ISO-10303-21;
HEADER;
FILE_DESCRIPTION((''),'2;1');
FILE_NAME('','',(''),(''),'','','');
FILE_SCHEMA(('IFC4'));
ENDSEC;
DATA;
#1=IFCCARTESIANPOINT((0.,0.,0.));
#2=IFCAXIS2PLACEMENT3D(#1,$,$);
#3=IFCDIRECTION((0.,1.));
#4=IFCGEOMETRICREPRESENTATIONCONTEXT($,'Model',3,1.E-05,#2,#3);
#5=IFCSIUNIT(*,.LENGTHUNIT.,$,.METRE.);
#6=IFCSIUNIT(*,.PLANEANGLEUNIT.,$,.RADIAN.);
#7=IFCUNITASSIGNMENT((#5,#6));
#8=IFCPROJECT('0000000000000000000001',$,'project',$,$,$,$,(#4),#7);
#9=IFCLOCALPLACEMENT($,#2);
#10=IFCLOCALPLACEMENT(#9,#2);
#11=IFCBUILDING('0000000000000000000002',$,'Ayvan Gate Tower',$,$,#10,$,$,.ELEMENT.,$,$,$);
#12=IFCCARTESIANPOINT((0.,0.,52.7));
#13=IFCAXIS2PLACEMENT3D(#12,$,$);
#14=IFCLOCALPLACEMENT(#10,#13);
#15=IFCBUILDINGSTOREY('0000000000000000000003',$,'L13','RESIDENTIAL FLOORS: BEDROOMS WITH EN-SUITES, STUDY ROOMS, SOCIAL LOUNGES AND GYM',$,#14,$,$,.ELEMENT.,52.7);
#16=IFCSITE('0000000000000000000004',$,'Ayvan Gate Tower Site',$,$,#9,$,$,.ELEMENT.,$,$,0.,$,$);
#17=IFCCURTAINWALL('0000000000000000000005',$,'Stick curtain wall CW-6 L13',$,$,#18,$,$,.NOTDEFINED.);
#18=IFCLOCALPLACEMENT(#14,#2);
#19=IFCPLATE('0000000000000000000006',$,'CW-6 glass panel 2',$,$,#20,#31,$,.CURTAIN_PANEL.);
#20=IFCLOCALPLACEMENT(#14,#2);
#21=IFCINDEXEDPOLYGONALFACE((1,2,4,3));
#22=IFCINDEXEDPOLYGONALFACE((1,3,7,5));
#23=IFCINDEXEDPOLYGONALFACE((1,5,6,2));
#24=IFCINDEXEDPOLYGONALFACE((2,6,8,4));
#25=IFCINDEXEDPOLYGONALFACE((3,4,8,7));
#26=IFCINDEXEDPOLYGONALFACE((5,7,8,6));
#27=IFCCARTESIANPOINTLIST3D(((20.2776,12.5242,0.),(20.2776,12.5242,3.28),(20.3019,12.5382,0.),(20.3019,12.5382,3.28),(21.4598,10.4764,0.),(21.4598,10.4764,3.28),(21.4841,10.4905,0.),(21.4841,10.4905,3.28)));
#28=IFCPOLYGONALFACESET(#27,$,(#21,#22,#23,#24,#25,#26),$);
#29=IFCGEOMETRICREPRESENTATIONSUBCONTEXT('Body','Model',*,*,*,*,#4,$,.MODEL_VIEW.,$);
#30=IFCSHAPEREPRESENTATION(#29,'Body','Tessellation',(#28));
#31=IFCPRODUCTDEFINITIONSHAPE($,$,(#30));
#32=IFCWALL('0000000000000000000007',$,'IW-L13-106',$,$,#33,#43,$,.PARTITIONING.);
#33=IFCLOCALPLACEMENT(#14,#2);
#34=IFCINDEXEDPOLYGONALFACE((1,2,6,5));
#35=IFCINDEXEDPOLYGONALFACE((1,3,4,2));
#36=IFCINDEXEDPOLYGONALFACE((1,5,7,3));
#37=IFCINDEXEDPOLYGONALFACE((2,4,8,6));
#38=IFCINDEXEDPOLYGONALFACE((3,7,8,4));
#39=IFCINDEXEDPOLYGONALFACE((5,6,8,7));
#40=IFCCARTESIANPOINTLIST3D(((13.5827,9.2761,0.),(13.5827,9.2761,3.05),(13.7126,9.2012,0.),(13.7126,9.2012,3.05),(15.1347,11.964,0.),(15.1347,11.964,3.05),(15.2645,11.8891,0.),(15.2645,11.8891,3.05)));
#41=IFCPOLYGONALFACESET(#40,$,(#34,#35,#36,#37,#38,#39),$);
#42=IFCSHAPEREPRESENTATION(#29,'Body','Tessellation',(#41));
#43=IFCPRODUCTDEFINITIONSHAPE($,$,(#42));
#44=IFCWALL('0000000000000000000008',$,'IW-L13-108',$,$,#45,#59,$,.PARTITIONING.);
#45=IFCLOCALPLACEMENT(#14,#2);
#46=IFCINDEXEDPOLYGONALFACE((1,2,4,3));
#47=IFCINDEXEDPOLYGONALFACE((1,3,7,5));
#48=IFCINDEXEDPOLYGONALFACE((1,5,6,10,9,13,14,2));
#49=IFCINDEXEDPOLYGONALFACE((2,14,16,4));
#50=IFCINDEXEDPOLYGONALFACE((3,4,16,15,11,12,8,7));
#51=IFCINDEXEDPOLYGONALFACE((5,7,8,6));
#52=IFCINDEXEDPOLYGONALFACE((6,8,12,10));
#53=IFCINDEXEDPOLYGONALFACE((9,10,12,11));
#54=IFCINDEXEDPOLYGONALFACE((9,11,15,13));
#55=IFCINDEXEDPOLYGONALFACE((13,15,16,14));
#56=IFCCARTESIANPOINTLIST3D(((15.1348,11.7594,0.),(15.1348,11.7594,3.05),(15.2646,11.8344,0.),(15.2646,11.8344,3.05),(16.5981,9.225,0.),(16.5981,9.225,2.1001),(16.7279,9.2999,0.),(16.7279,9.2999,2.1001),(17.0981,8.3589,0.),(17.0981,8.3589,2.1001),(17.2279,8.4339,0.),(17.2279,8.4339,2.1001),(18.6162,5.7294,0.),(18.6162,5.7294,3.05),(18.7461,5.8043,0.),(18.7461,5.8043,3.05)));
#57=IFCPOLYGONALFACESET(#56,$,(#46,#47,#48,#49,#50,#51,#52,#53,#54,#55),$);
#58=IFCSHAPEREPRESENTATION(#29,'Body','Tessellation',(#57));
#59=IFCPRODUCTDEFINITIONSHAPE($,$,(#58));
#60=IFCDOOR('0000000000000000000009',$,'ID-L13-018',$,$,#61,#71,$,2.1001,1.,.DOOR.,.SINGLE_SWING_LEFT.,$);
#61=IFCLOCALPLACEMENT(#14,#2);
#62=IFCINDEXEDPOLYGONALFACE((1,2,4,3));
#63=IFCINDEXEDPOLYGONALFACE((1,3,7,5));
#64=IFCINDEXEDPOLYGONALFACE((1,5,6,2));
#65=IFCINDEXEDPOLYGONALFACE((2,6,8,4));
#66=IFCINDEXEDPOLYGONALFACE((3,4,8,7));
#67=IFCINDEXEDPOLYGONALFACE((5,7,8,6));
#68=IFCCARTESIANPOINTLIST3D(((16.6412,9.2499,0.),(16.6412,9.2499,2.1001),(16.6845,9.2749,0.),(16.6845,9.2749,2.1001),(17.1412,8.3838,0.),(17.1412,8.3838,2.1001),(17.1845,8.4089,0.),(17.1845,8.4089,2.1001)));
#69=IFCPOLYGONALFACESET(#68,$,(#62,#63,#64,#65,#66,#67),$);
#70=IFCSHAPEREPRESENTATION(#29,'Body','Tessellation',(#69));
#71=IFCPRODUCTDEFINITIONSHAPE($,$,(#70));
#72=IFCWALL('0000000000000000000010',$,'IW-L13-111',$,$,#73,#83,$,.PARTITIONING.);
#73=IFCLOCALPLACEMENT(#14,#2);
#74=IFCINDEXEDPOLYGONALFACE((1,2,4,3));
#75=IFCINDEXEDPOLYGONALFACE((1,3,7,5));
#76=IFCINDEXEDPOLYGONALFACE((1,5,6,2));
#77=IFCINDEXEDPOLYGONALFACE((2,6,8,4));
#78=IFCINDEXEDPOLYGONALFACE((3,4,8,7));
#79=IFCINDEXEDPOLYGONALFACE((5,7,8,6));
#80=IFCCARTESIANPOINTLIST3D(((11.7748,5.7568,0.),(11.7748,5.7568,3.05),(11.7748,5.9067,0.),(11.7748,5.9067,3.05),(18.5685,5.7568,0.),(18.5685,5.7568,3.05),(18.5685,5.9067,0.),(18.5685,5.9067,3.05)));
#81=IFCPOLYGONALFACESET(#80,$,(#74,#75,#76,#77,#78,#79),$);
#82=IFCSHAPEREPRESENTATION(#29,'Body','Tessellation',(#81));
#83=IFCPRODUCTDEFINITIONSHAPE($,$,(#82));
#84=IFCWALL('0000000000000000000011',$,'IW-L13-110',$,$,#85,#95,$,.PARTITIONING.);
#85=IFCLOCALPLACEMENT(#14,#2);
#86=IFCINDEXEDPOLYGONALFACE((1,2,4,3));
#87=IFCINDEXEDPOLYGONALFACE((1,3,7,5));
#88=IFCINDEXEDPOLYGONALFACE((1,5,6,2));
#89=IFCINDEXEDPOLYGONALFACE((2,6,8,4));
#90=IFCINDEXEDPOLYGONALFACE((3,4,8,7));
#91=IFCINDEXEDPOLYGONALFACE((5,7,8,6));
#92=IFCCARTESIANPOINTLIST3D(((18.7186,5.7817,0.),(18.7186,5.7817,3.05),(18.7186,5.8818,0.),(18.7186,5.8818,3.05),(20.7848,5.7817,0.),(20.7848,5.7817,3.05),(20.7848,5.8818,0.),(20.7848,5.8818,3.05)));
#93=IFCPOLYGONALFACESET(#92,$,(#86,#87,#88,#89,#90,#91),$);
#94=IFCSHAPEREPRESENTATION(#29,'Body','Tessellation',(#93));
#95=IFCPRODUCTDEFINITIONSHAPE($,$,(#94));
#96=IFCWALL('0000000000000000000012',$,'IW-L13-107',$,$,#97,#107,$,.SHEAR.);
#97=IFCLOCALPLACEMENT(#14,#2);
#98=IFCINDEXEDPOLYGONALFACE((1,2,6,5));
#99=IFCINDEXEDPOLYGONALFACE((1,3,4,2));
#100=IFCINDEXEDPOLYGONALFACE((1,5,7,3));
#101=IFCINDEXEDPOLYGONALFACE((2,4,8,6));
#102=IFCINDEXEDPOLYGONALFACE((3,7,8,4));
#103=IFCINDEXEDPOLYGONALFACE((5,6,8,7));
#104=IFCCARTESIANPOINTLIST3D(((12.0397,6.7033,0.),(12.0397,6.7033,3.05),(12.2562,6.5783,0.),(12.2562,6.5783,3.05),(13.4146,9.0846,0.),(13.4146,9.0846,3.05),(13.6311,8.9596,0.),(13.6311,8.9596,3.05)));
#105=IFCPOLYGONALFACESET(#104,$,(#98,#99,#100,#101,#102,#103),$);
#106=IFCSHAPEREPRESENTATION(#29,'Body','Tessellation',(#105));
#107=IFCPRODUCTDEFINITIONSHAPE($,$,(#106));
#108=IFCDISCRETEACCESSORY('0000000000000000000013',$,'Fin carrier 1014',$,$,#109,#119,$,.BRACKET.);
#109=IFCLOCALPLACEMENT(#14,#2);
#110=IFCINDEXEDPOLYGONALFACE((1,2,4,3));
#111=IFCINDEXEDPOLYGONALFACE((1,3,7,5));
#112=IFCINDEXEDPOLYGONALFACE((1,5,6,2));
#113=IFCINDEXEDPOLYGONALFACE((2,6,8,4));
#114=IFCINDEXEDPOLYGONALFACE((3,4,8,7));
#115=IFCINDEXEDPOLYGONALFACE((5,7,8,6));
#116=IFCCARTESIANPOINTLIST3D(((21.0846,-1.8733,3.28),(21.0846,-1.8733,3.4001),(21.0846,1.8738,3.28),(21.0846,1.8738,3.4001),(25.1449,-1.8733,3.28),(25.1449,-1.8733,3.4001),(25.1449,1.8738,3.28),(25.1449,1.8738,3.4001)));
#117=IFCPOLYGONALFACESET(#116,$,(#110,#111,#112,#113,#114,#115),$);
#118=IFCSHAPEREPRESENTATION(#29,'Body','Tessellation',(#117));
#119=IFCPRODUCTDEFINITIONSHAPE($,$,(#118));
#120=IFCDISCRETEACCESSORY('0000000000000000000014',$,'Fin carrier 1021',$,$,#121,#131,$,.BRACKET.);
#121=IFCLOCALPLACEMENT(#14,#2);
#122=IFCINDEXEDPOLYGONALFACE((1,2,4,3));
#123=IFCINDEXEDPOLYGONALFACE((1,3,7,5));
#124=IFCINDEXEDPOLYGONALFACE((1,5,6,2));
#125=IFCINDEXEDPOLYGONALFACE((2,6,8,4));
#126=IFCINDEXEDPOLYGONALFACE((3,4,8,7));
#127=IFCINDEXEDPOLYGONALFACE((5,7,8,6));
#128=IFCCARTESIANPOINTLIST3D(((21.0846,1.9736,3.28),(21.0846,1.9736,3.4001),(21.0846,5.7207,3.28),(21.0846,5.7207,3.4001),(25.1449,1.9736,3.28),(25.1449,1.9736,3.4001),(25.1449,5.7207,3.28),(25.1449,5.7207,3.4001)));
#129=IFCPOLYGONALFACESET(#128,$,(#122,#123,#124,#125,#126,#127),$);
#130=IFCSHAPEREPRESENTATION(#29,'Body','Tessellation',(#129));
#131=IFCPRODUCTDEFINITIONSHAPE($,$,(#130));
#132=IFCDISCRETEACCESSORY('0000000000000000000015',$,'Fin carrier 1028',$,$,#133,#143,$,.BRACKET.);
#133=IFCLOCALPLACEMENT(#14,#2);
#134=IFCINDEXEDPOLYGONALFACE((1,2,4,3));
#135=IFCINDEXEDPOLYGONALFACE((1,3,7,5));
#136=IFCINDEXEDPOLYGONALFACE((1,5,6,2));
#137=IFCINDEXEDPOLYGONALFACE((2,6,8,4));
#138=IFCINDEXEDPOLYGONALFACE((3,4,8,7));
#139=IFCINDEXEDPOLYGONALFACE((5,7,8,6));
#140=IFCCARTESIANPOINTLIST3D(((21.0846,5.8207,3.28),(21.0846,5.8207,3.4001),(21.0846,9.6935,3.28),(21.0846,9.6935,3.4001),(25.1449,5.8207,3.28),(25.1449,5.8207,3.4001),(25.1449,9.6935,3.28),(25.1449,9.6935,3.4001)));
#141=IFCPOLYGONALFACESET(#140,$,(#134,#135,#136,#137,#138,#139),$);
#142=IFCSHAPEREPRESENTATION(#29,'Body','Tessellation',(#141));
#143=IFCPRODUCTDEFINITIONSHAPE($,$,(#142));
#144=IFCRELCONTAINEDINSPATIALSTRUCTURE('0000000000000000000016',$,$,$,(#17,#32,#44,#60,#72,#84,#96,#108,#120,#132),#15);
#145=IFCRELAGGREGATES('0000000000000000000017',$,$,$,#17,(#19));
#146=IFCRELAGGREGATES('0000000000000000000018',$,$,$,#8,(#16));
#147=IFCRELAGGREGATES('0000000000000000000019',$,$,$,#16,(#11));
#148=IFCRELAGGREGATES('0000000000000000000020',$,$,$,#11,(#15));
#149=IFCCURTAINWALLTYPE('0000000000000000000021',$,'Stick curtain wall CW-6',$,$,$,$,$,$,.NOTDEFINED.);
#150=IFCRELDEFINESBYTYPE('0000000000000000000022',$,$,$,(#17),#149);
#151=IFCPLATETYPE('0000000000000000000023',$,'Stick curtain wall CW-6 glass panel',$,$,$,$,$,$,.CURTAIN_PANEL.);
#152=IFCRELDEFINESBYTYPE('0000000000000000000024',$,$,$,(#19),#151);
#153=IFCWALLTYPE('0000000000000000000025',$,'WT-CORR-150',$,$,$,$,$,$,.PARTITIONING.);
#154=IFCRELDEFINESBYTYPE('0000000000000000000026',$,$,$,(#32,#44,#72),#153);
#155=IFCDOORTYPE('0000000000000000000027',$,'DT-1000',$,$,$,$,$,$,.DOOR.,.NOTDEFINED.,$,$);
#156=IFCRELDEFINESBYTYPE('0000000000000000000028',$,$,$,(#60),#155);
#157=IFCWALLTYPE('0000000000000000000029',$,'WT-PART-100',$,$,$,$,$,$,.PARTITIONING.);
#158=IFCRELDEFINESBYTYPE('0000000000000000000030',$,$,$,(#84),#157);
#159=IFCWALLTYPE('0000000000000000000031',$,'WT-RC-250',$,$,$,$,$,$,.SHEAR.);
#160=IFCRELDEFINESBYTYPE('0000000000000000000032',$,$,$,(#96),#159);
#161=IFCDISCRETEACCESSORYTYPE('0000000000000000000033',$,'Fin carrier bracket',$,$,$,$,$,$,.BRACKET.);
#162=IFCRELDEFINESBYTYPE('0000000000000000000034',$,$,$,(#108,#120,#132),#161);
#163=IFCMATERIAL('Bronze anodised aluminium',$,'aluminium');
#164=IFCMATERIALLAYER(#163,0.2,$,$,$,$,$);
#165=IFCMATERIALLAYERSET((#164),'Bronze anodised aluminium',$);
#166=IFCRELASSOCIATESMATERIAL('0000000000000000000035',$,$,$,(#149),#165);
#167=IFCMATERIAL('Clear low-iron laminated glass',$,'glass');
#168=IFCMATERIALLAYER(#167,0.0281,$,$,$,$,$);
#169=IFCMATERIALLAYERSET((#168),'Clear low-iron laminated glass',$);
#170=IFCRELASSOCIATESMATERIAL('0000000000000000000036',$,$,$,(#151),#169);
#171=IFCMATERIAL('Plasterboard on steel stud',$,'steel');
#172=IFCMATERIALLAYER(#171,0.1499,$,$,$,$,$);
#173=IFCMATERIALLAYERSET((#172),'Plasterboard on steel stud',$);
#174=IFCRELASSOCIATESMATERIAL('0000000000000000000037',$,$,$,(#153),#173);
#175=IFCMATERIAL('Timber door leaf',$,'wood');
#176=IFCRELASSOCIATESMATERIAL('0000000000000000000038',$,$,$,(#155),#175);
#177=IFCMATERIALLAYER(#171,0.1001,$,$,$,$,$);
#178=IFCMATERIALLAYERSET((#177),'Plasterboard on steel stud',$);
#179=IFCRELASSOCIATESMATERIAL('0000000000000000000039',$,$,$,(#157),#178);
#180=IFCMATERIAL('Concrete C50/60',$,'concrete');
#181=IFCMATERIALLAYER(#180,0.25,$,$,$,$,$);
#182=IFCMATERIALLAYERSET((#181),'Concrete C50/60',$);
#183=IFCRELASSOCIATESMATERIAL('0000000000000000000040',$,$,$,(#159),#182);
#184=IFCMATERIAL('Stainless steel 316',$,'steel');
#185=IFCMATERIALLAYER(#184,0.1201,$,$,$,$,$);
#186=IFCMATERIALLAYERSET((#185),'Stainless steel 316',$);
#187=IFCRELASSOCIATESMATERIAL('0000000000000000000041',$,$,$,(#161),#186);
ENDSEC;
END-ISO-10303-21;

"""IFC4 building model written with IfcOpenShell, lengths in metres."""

from ifc_helpers import new_model, si_unit, direction, frame, frame_2d, origin, origin_2d, place, context, subcontext, project, spatial, rectangle, extrude, material, layer, layer_set, type_object, element, fill, aggregate, save


model = new_model("IFC4")

# Units and contexts
model_context = context("Model", 3, precision=1e-05, world=origin(), true_north=direction((0.0, 1.0)))
body_context = subcontext(model_context, "Body", "Model", "MODEL_VIEW")
ifc_project = project(units=[si_unit("LENGTHUNIT", "METRE"), si_unit("PLANEANGLEUNIT", "RADIAN")], contexts=[model_context])

# Site, building, storey
site_placement = place(None, origin())
site = spatial("IfcSite", under=ifc_project, at=site_placement, Name="Ayvan Gate Tower Site", CompositionType="ELEMENT", RefElevation=0.0)
building_placement = place(site_placement, origin())
building = spatial("IfcBuilding", under=site, at=building_placement, Name="Ayvan Gate Tower", CompositionType="ELEMENT")
storey_placement = place(building_placement, frame((0.0, 0.0, 52.7)))
storey = spatial("IfcBuildingStorey", under=building, at=storey_placement, Name="L13", Description="RESIDENTIAL FLOORS: BEDROOMS WITH EN-SUITES, STUDY ROOMS, SOCIAL LOUNGES AND GYM", CompositionType="ELEMENT", Elevation=52.7)

# Curtain wall
ifc_material_1 = material(Name="Bronze anodised aluminium", Category="aluminium")
ifc_layer_1 = layer(ifc_material_1, 0.2)
ifc_layer_set_1 = layer_set([ifc_layer_1], Name="Bronze anodised aluminium")
curtain_wall_type_1 = type_object("IfcCurtainWallType", Name="Stick curtain wall CW-6", PredefinedType="NOTDEFINED", material=ifc_layer_set_1)
curtain_wall_1_placement = place(storey_placement, origin())
curtain_wall_1 = element("IfcCurtainWall", 1, at=curtain_wall_1_placement, inside=storey, type_object=curtain_wall_type_1, Name="Stick curtain wall CW-6 L13", PredefinedType="NOTDEFINED")

# Plate
ifc_material_2 = material(Name="Clear low-iron laminated glass", Category="glass")
ifc_layer_2 = layer(ifc_material_2, 0.0281)
ifc_layer_set_2 = layer_set([ifc_layer_2], Name="Clear low-iron laminated glass")
plate_type_1 = type_object("IfcPlateType", Name="Stick curtain wall CW-6 glass panel", PredefinedType="CURTAIN_PANEL", material=ifc_layer_set_2)
plate_1_placement = place(storey_placement, frame((20.8809, 11.5073, 0.0), z_axis=(0.0, 0.0, 1.0), x_axis=(-0.5, 0.866025, 0.0)))
plate_1 = element("IfcPlate", 2, at=plate_1_placement, type_object=plate_type_1, Name="CW-6 glass panel 2", PredefinedType="CURTAIN_PANEL", context=body_context, shape_type="SweptSolid", body=[
    extrude(rectangle(XDim=2.3645, YDim=0.0281, at=origin_2d()), origin(), (0.0, 0.0, 1.0), 3.28),
])
aggregate(curtain_wall_1, [plate_1])

# Wall
ifc_material_3 = material(Name="Plasterboard on steel stud", Category="steel")
ifc_layer_3 = layer(ifc_material_3, 0.1499)
ifc_layer_set_3 = layer_set([ifc_layer_3], Name="Plasterboard on steel stud")
wall_type_1 = type_object("IfcWallType", Name="WT-CORR-150", PredefinedType="PARTITIONING", material=ifc_layer_set_3)
wall_1_placement = place(storey_placement, frame((13.6477, 9.2388, 0.0), z_axis=(0.0, 0.0, 1.0), x_axis=(0.500022, 0.866013, 0.0)))
element("IfcWall", 3, at=wall_1_placement, inside=storey, type_object=wall_type_1, Name="IW-L13-106", PredefinedType="PARTITIONING", context=body_context, shape_type="SweptSolid", body=[
    extrude(rectangle(XDim=3.1038, YDim=0.1499, at=frame_2d((1.5518, 0.0))), origin(), (0.0, 0.0, 1.0), 3.05),
])

# Wall, opening, door
wall_2_placement = place(storey_placement, frame((15.1997, 11.7969, 0.0), z_axis=(0.0, 0.0, 1.0), x_axis=(0.500001, -0.866025, 0.0)))
wall_2 = element("IfcWall", 4, at=wall_2_placement, inside=storey, type_object=wall_type_1, Name="IW-L13-108", PredefinedType="PARTITIONING", context=body_context, shape_type="SweptSolid", body=[
    extrude(rectangle(XDim=6.9629, YDim=0.1499, at=frame_2d((3.4814, 0.0))), origin(), (0.0, 0.0, 1.0), 3.05),
])
opening_placement = place(wall_2_placement, frame((2.9265, 0.0, 0.0)))
opening = element("IfcOpeningElement", 5, at=opening_placement, cuts=wall_2, PredefinedType="OPENING", context=body_context, shape_type="SweptSolid", body=[
    extrude(rectangle(XDim=1.0, YDim=2.1001, at=frame_2d((0.5, 1.05))), frame((0.0, 0.085, 0.0), z_axis=(0.0, -1.0, 0.0), x_axis=(1.0, 0.0, 0.0)), (0.0, 0.0, 1.0), 0.1699),
])
ifc_material_4 = material(Name="Timber door leaf", Category="wood")
door_type = type_object("IfcDoorType", Name="DT-1000", OperationType="NOTDEFINED", PredefinedType="DOOR", material=ifc_material_4)
door_placement = place(opening_placement, origin())
door = element("IfcDoor", 6, at=door_placement, inside=storey, type_object=door_type, Name="ID-L13-018", OperationType="SINGLE_SWING_LEFT", OverallHeight=2.1001, OverallWidth=1.0, PredefinedType="DOOR", context=body_context, shape_type="SweptSolid", body=[
    extrude(rectangle(XDim=1.0, YDim=2.1001, at=frame_2d((0.5, 1.05))), frame((0.0, 0.0249, 0.0), z_axis=(0.0, -1.0, 0.0), x_axis=(1.0, 0.0, 0.0)), (0.0, 0.0, 1.0), 0.05),
])
fill(opening, door)

# Walls
wall_3_placement = place(storey_placement, frame((18.5686, 5.8318, 0.0), z_axis=(0.0, 0.0, 1.0), x_axis=(-1.0, 0.0, 0.0)))
element("IfcWall", 7, at=wall_3_placement, inside=storey, type_object=wall_type_1, Name="IW-L13-111", PredefinedType="PARTITIONING", context=body_context, shape_type="SweptSolid", body=[
    extrude(rectangle(XDim=6.7937, YDim=0.1499, at=frame_2d((3.397, 0.0))), origin(), (0.0, 0.0, 1.0), 3.05),
])
ifc_layer_4 = layer(ifc_material_3, 0.1001)
ifc_layer_set_4 = layer_set([ifc_layer_4], Name="Plasterboard on steel stud")
wall_type_2 = type_object("IfcWallType", Name="WT-PART-100", PredefinedType="PARTITIONING", material=ifc_layer_set_4)
wall_4_placement = place(storey_placement, frame((18.7185, 5.8318, 0.0), z_axis=(0.0, 0.0, 1.0), x_axis=(1.0, 0.0, 0.0)))
element("IfcWall", 8, at=wall_4_placement, inside=storey, type_object=wall_type_2, Name="IW-L13-110", PredefinedType="PARTITIONING", context=body_context, shape_type="SweptSolid", body=[
    extrude(rectangle(XDim=2.0662, YDim=0.1001, at=frame_2d((1.0332, 0.0))), origin(), (0.0, 0.0, 1.0), 3.05),
])
ifc_material_5 = material(Name="Concrete C50/60", Category="concrete")
ifc_layer_5 = layer(ifc_material_5, 0.25)
ifc_layer_set_5 = layer_set([ifc_layer_5], Name="Concrete C50/60")
wall_type_3 = type_object("IfcWallType", Name="WT-RC-250", PredefinedType="SHEAR", material=ifc_layer_set_5)
wall_5_placement = place(storey_placement, frame((13.5229, 9.0222, 0.0), z_axis=(0.0, 0.0, 1.0), x_axis=(-0.500035, -0.866005, 0.0)))
element("IfcWall", 9, at=wall_5_placement, inside=storey, type_object=wall_type_3, Name="IW-L13-107", PredefinedType="SHEAR", context=body_context, shape_type="SweptSolid", body=[
    extrude(rectangle(XDim=2.7498, YDim=0.25, at=frame_2d((1.375, 0.0))), origin(), (0.0, 0.0, 1.0), 3.05),
])

# Discrete accessories
ifc_material_6 = material(Name="Stainless steel 316", Category="steel")
ifc_layer_6 = layer(ifc_material_6, 0.1201)
ifc_layer_set_6 = layer_set([ifc_layer_6], Name="Stainless steel 316")
discrete_accessory_type = type_object("IfcDiscreteAccessoryType", Name="Fin carrier bracket", PredefinedType="BRACKET", material=ifc_layer_set_6)
for number, where, z_axis, x_axis, name in (
    (10, (23.1147, 0.0002, 3.28), (0.0, 0.0, 1.0), (0.0, 1.0, 0.0), "Fin carrier 1014"),
    (11, (23.1147, 3.8472, 3.28), (0.0, 0.0, 1.0), (0.0, 1.0, 0.0), "Fin carrier 1021"),
):
    element("IfcDiscreteAccessory", number, at=place(storey_placement, frame(where, z_axis=z_axis, x_axis=x_axis)), inside=storey, type_object=discrete_accessory_type, Name=name, PredefinedType="BRACKET", context=body_context, shape_type="SweptSolid", body=[
        extrude(rectangle(XDim=3.7471, YDim=4.0603, at=origin_2d()), origin(), (0.0, 0.0, 1.0), 0.1201),
    ])
discrete_accessory_placement = place(storey_placement, frame((23.1147, 7.7571, 3.28), z_axis=(0.0, 0.0, 1.0), x_axis=(0.0, 1.0, 0.0)))
element("IfcDiscreteAccessory", 12, at=discrete_accessory_placement, inside=storey, type_object=discrete_accessory_type, Name="Fin carrier 1028", PredefinedType="BRACKET", context=body_context, shape_type="SweptSolid", body=[
    extrude(rectangle(XDim=3.8728, YDim=4.0603, at=origin_2d()), origin(), (0.0, 0.0, 1.0), 0.1201),
])

save(model, "model.ifc")
